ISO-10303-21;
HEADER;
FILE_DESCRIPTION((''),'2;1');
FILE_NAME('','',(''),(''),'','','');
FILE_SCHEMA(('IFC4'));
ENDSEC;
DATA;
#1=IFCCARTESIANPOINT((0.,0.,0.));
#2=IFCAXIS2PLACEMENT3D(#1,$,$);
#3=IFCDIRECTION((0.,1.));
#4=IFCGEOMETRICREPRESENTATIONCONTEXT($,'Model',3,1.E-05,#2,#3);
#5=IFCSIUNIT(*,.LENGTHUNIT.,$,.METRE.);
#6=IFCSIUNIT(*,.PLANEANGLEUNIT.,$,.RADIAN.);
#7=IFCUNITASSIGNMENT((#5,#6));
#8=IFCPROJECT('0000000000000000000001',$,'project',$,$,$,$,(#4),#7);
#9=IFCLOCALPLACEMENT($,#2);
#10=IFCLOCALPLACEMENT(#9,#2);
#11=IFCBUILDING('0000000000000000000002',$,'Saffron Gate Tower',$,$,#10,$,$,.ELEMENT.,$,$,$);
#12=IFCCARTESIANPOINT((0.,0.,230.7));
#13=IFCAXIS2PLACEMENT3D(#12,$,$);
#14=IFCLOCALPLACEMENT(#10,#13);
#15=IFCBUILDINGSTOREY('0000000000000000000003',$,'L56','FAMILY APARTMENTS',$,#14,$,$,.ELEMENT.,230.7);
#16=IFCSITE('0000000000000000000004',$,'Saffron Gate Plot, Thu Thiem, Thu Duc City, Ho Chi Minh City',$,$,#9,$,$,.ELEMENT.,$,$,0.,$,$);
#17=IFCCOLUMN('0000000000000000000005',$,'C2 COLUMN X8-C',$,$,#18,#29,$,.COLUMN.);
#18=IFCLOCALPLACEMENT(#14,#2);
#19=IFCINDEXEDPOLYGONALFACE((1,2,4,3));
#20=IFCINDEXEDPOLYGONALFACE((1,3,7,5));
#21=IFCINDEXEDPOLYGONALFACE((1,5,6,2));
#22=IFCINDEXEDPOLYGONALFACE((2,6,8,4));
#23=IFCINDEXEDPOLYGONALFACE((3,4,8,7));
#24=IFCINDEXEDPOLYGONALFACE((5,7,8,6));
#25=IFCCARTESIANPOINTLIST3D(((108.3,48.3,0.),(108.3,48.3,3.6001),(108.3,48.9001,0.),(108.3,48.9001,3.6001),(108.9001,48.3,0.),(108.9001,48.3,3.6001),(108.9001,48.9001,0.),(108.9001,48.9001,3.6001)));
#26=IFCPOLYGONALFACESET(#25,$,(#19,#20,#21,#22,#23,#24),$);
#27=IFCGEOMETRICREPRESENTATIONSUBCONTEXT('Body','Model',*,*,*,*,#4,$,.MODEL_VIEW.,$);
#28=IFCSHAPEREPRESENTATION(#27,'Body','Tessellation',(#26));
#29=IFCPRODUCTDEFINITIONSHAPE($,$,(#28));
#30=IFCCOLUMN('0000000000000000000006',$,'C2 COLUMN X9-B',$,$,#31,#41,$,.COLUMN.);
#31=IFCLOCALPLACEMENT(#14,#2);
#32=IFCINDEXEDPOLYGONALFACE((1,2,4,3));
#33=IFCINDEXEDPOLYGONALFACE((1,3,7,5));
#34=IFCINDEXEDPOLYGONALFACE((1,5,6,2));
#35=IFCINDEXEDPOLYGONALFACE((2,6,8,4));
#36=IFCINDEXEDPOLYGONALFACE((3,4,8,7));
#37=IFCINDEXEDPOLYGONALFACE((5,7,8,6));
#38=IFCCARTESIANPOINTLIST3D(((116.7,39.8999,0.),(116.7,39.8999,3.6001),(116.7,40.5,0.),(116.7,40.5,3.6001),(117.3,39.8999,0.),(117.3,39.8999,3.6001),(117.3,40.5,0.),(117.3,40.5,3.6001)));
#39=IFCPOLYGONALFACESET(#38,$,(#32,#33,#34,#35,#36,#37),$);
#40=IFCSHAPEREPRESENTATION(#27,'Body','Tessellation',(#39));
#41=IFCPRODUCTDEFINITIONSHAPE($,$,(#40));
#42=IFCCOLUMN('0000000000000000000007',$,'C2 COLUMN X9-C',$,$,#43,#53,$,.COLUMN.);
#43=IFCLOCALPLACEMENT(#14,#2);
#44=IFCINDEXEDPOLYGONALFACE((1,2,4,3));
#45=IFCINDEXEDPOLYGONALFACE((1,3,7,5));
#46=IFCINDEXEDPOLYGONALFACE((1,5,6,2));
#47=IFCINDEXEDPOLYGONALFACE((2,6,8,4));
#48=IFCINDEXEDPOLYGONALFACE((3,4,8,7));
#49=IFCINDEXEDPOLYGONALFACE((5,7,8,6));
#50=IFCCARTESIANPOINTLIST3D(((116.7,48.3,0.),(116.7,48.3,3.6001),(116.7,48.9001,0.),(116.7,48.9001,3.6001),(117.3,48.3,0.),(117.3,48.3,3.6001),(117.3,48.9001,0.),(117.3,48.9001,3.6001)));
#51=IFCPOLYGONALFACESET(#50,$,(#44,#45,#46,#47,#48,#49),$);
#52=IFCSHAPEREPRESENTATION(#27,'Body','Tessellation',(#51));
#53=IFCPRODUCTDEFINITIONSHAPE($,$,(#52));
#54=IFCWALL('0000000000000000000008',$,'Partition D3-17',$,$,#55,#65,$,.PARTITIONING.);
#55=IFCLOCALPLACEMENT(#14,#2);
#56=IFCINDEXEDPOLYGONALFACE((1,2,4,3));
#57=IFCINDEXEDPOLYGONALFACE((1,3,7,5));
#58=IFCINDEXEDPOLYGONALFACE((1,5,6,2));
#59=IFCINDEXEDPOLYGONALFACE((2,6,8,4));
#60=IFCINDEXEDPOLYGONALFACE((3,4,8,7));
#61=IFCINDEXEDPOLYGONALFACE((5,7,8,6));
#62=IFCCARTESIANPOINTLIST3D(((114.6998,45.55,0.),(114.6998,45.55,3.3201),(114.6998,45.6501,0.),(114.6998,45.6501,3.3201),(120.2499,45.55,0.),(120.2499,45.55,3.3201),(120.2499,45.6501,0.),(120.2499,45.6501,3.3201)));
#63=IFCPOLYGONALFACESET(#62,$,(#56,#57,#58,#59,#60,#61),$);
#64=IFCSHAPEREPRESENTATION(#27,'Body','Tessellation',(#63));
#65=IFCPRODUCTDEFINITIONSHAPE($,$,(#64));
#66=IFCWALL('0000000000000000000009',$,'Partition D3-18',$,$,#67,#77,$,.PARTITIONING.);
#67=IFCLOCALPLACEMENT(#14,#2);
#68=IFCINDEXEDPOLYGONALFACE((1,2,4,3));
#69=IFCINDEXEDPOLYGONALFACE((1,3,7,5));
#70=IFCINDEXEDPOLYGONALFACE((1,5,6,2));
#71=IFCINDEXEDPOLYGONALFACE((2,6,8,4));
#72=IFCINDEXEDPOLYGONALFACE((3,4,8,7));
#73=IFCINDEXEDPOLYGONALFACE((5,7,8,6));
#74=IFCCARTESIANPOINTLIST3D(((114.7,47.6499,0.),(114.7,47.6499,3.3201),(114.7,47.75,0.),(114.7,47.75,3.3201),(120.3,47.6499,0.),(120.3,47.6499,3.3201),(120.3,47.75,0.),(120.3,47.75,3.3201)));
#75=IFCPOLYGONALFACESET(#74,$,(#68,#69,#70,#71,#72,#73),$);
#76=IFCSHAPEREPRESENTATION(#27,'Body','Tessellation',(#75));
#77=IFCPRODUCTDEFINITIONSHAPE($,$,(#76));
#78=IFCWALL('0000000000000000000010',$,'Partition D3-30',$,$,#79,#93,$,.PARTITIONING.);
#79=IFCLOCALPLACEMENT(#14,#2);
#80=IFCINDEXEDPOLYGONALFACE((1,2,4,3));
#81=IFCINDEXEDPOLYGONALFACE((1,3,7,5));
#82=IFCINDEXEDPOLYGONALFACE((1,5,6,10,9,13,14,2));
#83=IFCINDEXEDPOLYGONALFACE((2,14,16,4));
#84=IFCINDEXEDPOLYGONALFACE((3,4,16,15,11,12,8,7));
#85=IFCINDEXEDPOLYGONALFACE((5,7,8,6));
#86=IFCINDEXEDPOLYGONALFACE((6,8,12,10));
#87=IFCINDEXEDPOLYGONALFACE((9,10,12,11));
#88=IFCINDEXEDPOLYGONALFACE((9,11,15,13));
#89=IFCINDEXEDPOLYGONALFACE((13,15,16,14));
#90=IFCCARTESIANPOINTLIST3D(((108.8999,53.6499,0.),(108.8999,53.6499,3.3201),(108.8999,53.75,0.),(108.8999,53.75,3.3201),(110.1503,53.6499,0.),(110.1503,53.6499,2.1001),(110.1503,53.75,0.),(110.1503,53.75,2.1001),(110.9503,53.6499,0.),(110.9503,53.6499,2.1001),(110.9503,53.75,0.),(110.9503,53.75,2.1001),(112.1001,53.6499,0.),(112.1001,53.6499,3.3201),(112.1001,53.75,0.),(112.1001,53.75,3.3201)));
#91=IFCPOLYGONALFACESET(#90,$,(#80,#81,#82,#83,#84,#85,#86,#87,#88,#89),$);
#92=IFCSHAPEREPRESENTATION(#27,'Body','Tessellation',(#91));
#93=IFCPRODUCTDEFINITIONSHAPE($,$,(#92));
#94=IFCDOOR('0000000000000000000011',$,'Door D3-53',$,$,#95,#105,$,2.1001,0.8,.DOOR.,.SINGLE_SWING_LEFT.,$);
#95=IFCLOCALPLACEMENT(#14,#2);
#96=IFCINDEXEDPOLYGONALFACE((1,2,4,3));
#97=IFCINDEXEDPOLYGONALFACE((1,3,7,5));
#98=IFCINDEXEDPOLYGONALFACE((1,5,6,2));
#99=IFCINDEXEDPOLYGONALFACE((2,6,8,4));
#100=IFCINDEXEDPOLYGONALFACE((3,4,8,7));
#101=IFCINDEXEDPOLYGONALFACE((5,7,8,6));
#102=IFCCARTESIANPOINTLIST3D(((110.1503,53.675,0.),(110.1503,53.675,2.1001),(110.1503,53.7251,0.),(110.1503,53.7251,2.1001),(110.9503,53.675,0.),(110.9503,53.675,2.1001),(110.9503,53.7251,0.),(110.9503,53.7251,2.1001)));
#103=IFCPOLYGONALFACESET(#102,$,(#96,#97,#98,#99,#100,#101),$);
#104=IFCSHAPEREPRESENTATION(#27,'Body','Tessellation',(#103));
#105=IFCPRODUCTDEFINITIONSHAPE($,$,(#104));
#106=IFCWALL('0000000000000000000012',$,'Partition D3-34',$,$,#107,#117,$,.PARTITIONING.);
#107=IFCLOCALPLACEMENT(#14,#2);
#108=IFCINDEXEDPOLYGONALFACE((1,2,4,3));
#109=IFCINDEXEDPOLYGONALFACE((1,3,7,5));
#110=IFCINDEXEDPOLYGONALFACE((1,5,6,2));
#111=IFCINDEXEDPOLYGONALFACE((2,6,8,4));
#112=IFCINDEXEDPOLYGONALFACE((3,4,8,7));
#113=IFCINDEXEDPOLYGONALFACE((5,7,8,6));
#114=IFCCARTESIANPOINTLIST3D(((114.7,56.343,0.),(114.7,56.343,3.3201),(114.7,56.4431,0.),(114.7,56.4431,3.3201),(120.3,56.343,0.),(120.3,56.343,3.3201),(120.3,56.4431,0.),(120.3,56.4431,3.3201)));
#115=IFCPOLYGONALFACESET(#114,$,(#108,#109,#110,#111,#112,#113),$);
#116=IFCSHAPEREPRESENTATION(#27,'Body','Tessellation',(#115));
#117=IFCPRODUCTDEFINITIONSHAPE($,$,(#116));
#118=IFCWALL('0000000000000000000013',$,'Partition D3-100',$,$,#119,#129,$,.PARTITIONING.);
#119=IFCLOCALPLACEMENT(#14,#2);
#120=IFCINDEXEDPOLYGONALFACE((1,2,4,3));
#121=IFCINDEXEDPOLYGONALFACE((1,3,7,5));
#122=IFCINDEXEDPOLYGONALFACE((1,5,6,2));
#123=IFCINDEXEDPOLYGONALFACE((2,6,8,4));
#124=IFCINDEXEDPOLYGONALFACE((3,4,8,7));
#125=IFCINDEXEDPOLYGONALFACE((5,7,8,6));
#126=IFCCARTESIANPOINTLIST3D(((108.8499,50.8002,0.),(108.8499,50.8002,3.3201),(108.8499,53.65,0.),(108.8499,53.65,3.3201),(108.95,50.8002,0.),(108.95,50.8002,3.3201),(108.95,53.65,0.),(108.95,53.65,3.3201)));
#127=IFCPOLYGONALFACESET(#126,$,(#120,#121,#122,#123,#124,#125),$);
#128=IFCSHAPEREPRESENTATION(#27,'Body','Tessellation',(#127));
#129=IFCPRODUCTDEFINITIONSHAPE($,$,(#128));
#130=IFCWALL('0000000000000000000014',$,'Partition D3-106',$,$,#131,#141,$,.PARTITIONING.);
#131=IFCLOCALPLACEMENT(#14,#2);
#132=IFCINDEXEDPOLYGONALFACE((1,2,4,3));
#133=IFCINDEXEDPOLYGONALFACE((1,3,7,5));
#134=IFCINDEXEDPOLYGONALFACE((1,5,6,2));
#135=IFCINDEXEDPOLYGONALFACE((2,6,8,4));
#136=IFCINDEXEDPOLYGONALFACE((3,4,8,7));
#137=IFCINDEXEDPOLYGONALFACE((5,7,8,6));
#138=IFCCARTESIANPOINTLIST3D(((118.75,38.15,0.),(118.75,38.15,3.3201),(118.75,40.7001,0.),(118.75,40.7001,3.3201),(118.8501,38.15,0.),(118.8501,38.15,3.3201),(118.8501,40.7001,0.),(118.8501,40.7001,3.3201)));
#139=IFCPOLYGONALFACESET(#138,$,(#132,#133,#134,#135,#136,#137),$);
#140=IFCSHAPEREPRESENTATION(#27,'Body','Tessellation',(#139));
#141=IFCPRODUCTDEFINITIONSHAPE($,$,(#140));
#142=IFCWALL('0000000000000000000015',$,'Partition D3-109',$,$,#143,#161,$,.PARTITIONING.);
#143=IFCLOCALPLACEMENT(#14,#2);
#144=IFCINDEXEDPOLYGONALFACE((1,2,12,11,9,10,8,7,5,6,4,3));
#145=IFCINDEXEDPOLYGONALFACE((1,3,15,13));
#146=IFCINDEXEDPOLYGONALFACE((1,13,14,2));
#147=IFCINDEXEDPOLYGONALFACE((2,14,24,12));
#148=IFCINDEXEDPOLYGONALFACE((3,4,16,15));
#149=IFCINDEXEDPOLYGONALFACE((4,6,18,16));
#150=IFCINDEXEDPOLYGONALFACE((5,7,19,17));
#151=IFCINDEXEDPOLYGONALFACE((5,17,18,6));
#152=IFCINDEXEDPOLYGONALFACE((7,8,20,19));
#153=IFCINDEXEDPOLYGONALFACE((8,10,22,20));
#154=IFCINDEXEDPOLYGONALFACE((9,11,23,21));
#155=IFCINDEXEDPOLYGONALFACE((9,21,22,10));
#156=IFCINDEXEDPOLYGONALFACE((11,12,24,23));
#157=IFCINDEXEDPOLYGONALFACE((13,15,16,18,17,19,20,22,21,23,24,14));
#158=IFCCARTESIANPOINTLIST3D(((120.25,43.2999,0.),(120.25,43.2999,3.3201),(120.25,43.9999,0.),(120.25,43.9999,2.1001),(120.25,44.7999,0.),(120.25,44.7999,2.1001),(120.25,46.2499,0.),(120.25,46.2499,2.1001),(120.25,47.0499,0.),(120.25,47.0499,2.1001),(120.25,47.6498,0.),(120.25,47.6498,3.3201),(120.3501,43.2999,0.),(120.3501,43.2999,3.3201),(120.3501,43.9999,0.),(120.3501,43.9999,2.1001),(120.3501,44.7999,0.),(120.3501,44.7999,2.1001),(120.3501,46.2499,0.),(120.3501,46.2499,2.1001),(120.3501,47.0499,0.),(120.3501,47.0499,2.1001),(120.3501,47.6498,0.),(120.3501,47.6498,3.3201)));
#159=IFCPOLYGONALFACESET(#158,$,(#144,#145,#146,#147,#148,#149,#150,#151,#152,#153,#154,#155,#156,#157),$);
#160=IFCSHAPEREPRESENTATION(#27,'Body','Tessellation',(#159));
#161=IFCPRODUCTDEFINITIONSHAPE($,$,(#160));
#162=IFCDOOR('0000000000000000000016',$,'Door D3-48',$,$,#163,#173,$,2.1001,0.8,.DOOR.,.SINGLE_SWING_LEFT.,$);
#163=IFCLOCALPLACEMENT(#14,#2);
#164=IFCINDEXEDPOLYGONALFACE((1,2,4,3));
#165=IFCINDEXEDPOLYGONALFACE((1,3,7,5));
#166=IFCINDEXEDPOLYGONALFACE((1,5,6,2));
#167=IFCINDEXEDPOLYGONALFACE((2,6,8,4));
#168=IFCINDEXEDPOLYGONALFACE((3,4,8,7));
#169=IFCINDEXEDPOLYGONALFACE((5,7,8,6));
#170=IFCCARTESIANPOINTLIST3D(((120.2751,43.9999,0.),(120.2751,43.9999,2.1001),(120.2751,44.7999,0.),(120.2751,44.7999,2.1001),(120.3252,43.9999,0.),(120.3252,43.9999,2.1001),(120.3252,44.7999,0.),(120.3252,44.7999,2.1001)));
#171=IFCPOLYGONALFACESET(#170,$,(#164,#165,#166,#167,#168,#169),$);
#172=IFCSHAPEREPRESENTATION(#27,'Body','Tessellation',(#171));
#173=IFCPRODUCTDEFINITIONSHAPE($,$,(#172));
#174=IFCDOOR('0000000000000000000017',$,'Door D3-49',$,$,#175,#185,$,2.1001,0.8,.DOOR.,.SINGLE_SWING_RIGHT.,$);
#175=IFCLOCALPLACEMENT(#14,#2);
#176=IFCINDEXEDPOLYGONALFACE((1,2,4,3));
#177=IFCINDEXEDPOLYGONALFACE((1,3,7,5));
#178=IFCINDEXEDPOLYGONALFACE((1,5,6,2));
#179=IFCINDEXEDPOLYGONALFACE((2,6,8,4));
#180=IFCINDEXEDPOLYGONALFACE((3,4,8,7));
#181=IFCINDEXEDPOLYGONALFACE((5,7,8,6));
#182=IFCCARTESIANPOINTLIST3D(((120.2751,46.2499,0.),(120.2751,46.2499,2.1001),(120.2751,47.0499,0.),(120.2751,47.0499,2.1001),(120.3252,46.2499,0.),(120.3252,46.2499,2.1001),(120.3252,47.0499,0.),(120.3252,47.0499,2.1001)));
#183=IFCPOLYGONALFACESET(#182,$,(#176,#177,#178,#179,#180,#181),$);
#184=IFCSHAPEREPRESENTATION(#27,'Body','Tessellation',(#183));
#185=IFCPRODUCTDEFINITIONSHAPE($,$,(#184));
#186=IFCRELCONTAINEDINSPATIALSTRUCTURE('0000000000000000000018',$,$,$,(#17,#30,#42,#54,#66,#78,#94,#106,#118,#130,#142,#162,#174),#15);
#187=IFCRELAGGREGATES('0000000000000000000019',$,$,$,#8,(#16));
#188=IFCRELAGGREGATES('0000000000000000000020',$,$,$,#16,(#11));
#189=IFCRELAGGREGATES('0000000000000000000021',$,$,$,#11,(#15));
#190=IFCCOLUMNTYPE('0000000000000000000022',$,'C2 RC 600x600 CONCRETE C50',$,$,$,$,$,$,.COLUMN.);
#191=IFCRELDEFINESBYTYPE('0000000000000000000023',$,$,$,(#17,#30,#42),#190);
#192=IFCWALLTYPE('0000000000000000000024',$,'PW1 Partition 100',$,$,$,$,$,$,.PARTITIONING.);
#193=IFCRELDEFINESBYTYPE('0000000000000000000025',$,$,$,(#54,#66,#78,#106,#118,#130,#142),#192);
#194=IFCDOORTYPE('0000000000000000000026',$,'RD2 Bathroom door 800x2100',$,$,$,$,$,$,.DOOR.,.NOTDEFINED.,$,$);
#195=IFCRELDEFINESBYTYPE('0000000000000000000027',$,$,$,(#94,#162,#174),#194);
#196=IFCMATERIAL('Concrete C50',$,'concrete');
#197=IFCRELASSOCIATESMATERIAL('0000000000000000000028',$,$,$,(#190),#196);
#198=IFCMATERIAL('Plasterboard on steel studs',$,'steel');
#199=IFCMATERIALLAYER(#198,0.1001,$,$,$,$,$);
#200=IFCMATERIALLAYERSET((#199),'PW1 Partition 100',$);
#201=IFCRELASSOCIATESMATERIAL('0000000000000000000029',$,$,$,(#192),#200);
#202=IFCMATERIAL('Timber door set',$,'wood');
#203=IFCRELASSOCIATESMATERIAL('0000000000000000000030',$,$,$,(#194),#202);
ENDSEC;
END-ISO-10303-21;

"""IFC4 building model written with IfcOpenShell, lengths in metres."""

from ifc_helpers import new_model, si_unit, direction, frame, frame_2d, origin, origin_2d, place, context, subcontext, project, spatial, rectangle, extrude, material, layer, layer_set, material_profile, profile_set, type_object, element, fill, save


model = new_model("IFC4")

# Units and contexts
model_context = context("Model", 3, precision=1e-05, world=origin(), true_north=direction((0.0, 1.0)))
body_context = subcontext(model_context, "Body", "Model", "MODEL_VIEW")
ifc_project = project(units=[si_unit("LENGTHUNIT", "METRE"), si_unit("PLANEANGLEUNIT", "RADIAN")], contexts=[model_context])

# Site, building, storey
site_placement = place(None, origin())
site = spatial("IfcSite", under=ifc_project, at=site_placement, Name="Saffron Gate Plot, Thu Thiem, Thu Duc City, Ho Chi Minh City", CompositionType="ELEMENT", RefElevation=0.0)
building_placement = place(site_placement, origin())
building = spatial("IfcBuilding", under=site, at=building_placement, Name="Saffron Gate Tower", CompositionType="ELEMENT")
storey_placement = place(building_placement, frame((0.0, 0.0, 230.7)))
storey = spatial("IfcBuildingStorey", under=building, at=storey_placement, Name="L56", Description="FAMILY APARTMENTS", CompositionType="ELEMENT", Elevation=230.7)

# Columns
ifc_material_1 = material(Name="Concrete C50", Category="concrete")
ifc_material_profile = material_profile(ifc_material_1, rectangle(XDim=0.6001, YDim=0.6001, at=origin_2d()))
ifc_profile_set = profile_set([ifc_material_profile], Name="Concrete C50")
column_type = type_object("IfcColumnType", Name="C2 RC 600x600 CONCRETE C50", PredefinedType="COLUMN", material=ifc_profile_set)
for number, where, z_axis, x_axis, name in (
    (1, (108.6001, 48.6001, 0.0), (0.0, 0.0, 1.0), (1.0, 0.0, 0.0), "C2 COLUMN X8-C"),
    (2, (117.0, 40.2, 0.0), (0.0, 0.0, 1.0), (1.0, 0.0, 0.0), "C2 COLUMN X9-B"),
    (3, (117.0, 48.6001, 0.0), (0.0, 0.0, 1.0), (1.0, 0.0, 0.0), "C2 COLUMN X9-C"),
):
    element("IfcColumn", number, at=place(storey_placement, frame(where, z_axis=z_axis, x_axis=x_axis)), inside=storey, type_object=column_type, Name=name, PredefinedType="COLUMN", context=body_context, shape_type="SweptSolid", body=[
        extrude(rectangle(XDim=0.6001, YDim=0.6001, at=origin_2d()), origin(), (0.0, 0.0, 1.0), 3.6001),
    ])

# Walls
ifc_material_2 = material(Name="Plasterboard on steel studs", Category="steel")
ifc_layer_1 = layer(ifc_material_2, 0.1001)
ifc_layer_set_1 = layer_set([ifc_layer_1], Name="PW1 Partition 100")
wall_type_1 = type_object("IfcWallType", Name="PW1 Partition 100", PredefinedType="PARTITIONING", material=ifc_layer_set_1)
wall_1_placement = place(storey_placement, frame((114.7, 45.6001, 0.0), z_axis=(0.0, 0.0, 1.0), x_axis=(1.0, 0.0, 0.0)))
element("IfcWall", 4, at=wall_1_placement, inside=storey, type_object=wall_type_1, Name="Partition D3-17", PredefinedType="PARTITIONING", context=body_context, shape_type="SweptSolid", body=[
    extrude(rectangle(XDim=5.55, YDim=0.1001, at=frame_2d((2.7749, 0.0))), origin(), (0.0, 0.0, 1.0), 3.3201),
])
wall_2_placement = place(storey_placement, frame((114.7, 47.7, 0.0), z_axis=(0.0, 0.0, 1.0), x_axis=(1.0, 0.0, 0.0)))
element("IfcWall", 5, at=wall_2_placement, inside=storey, type_object=wall_type_1, Name="Partition D3-18", PredefinedType="PARTITIONING", context=body_context, shape_type="SweptSolid", body=[
    extrude(rectangle(XDim=5.6001, YDim=0.1001, at=frame_2d((2.8, 0.0))), origin(), (0.0, 0.0, 1.0), 3.3201),
])

# Wall, opening, door
wall_3_placement = place(storey_placement, frame((112.1001, 53.7, 0.0), z_axis=(0.0, 0.0, 1.0), x_axis=(-1.0, 0.0, 0.0)))
wall_3 = element("IfcWall", 6, at=wall_3_placement, inside=storey, type_object=wall_type_1, Name="Partition D3-30", PredefinedType="PARTITIONING", context=body_context, shape_type="SweptSolid", body=[
    extrude(rectangle(XDim=3.2002, YDim=0.1001, at=frame_2d((1.6001, 0.0))), origin(), (0.0, 0.0, 1.0), 3.3201),
])
opening_1_placement = place(wall_3_placement, frame((1.1499, 0.0, 0.0)))
opening_1 = element("IfcOpeningElement", 7, at=opening_1_placement, cuts=wall_3, PredefinedType="OPENING", context=body_context, shape_type="SweptSolid", body=[
    extrude(rectangle(XDim=0.8, YDim=2.1001, at=frame_2d((0.3999, 1.05))), frame((0.0, 0.0601, 0.0), z_axis=(0.0, -1.0, 0.0), x_axis=(1.0, 0.0, 0.0)), (0.0, 0.0, 1.0), 0.1201),
])
ifc_material_3 = material(Name="Timber door set", Category="wood")
door_type_1 = type_object("IfcDoorType", Name="RD2 Bathroom door 800x2100", OperationType="NOTDEFINED", PredefinedType="DOOR", material=ifc_material_3)
door_1_placement = place(opening_1_placement, origin())
door_1 = element("IfcDoor", 8, at=door_1_placement, inside=storey, type_object=door_type_1, Name="Door D3-53", OperationType="SINGLE_SWING_LEFT", OverallHeight=2.1001, OverallWidth=0.8, PredefinedType="DOOR", context=body_context, shape_type="SweptSolid", body=[
    extrude(rectangle(XDim=0.8, YDim=2.1001, at=frame_2d((0.3999, 1.05))), frame((0.0, 0.0249, 0.0), z_axis=(0.0, -1.0, 0.0), x_axis=(1.0, 0.0, 0.0)), (0.0, 0.0, 1.0), 0.05),
])
fill(opening_1, door_1)

# Walls
wall_4_placement = place(storey_placement, frame((114.7, 56.3931, 0.0), z_axis=(0.0, 0.0, 1.0), x_axis=(1.0, 0.0, 0.0)))
element("IfcWall", 9, at=wall_4_placement, inside=storey, type_object=wall_type_1, Name="Partition D3-34", PredefinedType="PARTITIONING", context=body_context, shape_type="SweptSolid", body=[
    extrude(rectangle(XDim=5.6001, YDim=0.1001, at=frame_2d((2.8, 0.0))), origin(), (0.0, 0.0, 1.0), 3.3201),
])
wall_5_placement = place(storey_placement, frame((108.8999, 53.6499, 0.0), z_axis=(0.0, 0.0, 1.0), x_axis=(0.0, -1.0, 0.0)))
element("IfcWall", 10, at=wall_5_placement, inside=storey, type_object=wall_type_1, Name="Partition D3-100", PredefinedType="PARTITIONING", context=body_context, shape_type="SweptSolid", body=[
    extrude(rectangle(XDim=2.8499, YDim=0.1001, at=frame_2d((1.4248, 0.0))), origin(), (0.0, 0.0, 1.0), 3.3201),
])
wall_6_placement = place(storey_placement, frame((118.8, 40.7, 0.0), z_axis=(0.0, 0.0, 1.0), x_axis=(0.0, -1.0, 0.0)))
element("IfcWall", 11, at=wall_6_placement, inside=storey, type_object=wall_type_1, Name="Partition D3-106", PredefinedType="PARTITIONING", context=body_context, shape_type="SweptSolid", body=[
    extrude(rectangle(XDim=2.55, YDim=0.1001, at=frame_2d((1.2749, 0.0))), origin(), (0.0, 0.0, 1.0), 3.3201),
])

# Wall, openings, doors
wall_7_placement = place(storey_placement, frame((120.3, 43.3, 0.0), z_axis=(0.0, 0.0, 1.0), x_axis=(0.0, 1.0, 0.0)))
wall_7 = element("IfcWall", 12, at=wall_7_placement, inside=storey, type_object=wall_type_1, Name="Partition D3-109", PredefinedType="PARTITIONING", context=body_context, shape_type="SweptSolid", body=[
    extrude(rectangle(XDim=4.3499, YDim=0.1001, at=frame_2d((2.1748, 0.0))), origin(), (0.0, 0.0, 1.0), 3.3201),
])
opening_2_placement = place(wall_7_placement, frame((0.7, 0.0, 0.0)))
opening_2 = element("IfcOpeningElement", 13, at=opening_2_placement, cuts=wall_7, PredefinedType="OPENING", context=body_context, shape_type="SweptSolid", body=[
    extrude(rectangle(XDim=0.8, YDim=2.1001, at=frame_2d((0.3999, 1.05))), frame((0.0, 0.0601, 0.0), z_axis=(0.0, -1.0, 0.0), x_axis=(1.0, 0.0, 0.0)), (0.0, 0.0, 1.0), 0.1201),
])
opening_3_placement = place(wall_7_placement, frame((2.95, 0.0, 0.0)))
opening_3 = element("IfcOpeningElement", 14, at=opening_3_placement, cuts=wall_7, PredefinedType="OPENING", context=body_context, shape_type="SweptSolid", body=[
    extrude(rectangle(XDim=0.8, YDim=2.1001, at=frame_2d((0.3999, 1.05))), frame((0.0, 0.0601, 0.0), z_axis=(0.0, -1.0, 0.0), x_axis=(1.0, 0.0, 0.0)), (0.0, 0.0, 1.0), 0.1201),
])
door_2_placement = place(opening_2_placement, origin())
door_2 = element("IfcDoor", 15, at=door_2_placement, inside=storey, type_object=door_type_1, Name="Door D3-48", OperationType="SINGLE_SWING_LEFT", OverallHeight=2.1001, OverallWidth=0.8, PredefinedType="DOOR", context=body_context, shape_type="SweptSolid", body=[
    extrude(rectangle(XDim=0.8, YDim=2.1001, at=frame_2d((0.3999, 1.05))), frame((0.0, 0.0249, 0.0), z_axis=(0.0, -1.0, 0.0), x_axis=(1.0, 0.0, 0.0)), (0.0, 0.0, 1.0), 0.05),
])
fill(opening_2, door_2)
door_3_placement = place(opening_3_placement, origin())
door_3 = element("IfcDoor", 16, at=door_3_placement, inside=storey, type_object=door_type_1, Name="Door D3-49", OperationType="SINGLE_SWING_RIGHT", OverallHeight=2.1001, OverallWidth=0.8, PredefinedType="DOOR", context=body_context, shape_type="SweptSolid", body=[
    extrude(rectangle(XDim=0.8, YDim=2.1001, at=frame_2d((0.3999, 1.05))), frame((0.0, 0.0249, 0.0), z_axis=(0.0, -1.0, 0.0), x_axis=(1.0, 0.0, 0.0)), (0.0, 0.0, 1.0), 0.05),
])
fill(opening_3, door_3)

save(model, "model.ifc")
